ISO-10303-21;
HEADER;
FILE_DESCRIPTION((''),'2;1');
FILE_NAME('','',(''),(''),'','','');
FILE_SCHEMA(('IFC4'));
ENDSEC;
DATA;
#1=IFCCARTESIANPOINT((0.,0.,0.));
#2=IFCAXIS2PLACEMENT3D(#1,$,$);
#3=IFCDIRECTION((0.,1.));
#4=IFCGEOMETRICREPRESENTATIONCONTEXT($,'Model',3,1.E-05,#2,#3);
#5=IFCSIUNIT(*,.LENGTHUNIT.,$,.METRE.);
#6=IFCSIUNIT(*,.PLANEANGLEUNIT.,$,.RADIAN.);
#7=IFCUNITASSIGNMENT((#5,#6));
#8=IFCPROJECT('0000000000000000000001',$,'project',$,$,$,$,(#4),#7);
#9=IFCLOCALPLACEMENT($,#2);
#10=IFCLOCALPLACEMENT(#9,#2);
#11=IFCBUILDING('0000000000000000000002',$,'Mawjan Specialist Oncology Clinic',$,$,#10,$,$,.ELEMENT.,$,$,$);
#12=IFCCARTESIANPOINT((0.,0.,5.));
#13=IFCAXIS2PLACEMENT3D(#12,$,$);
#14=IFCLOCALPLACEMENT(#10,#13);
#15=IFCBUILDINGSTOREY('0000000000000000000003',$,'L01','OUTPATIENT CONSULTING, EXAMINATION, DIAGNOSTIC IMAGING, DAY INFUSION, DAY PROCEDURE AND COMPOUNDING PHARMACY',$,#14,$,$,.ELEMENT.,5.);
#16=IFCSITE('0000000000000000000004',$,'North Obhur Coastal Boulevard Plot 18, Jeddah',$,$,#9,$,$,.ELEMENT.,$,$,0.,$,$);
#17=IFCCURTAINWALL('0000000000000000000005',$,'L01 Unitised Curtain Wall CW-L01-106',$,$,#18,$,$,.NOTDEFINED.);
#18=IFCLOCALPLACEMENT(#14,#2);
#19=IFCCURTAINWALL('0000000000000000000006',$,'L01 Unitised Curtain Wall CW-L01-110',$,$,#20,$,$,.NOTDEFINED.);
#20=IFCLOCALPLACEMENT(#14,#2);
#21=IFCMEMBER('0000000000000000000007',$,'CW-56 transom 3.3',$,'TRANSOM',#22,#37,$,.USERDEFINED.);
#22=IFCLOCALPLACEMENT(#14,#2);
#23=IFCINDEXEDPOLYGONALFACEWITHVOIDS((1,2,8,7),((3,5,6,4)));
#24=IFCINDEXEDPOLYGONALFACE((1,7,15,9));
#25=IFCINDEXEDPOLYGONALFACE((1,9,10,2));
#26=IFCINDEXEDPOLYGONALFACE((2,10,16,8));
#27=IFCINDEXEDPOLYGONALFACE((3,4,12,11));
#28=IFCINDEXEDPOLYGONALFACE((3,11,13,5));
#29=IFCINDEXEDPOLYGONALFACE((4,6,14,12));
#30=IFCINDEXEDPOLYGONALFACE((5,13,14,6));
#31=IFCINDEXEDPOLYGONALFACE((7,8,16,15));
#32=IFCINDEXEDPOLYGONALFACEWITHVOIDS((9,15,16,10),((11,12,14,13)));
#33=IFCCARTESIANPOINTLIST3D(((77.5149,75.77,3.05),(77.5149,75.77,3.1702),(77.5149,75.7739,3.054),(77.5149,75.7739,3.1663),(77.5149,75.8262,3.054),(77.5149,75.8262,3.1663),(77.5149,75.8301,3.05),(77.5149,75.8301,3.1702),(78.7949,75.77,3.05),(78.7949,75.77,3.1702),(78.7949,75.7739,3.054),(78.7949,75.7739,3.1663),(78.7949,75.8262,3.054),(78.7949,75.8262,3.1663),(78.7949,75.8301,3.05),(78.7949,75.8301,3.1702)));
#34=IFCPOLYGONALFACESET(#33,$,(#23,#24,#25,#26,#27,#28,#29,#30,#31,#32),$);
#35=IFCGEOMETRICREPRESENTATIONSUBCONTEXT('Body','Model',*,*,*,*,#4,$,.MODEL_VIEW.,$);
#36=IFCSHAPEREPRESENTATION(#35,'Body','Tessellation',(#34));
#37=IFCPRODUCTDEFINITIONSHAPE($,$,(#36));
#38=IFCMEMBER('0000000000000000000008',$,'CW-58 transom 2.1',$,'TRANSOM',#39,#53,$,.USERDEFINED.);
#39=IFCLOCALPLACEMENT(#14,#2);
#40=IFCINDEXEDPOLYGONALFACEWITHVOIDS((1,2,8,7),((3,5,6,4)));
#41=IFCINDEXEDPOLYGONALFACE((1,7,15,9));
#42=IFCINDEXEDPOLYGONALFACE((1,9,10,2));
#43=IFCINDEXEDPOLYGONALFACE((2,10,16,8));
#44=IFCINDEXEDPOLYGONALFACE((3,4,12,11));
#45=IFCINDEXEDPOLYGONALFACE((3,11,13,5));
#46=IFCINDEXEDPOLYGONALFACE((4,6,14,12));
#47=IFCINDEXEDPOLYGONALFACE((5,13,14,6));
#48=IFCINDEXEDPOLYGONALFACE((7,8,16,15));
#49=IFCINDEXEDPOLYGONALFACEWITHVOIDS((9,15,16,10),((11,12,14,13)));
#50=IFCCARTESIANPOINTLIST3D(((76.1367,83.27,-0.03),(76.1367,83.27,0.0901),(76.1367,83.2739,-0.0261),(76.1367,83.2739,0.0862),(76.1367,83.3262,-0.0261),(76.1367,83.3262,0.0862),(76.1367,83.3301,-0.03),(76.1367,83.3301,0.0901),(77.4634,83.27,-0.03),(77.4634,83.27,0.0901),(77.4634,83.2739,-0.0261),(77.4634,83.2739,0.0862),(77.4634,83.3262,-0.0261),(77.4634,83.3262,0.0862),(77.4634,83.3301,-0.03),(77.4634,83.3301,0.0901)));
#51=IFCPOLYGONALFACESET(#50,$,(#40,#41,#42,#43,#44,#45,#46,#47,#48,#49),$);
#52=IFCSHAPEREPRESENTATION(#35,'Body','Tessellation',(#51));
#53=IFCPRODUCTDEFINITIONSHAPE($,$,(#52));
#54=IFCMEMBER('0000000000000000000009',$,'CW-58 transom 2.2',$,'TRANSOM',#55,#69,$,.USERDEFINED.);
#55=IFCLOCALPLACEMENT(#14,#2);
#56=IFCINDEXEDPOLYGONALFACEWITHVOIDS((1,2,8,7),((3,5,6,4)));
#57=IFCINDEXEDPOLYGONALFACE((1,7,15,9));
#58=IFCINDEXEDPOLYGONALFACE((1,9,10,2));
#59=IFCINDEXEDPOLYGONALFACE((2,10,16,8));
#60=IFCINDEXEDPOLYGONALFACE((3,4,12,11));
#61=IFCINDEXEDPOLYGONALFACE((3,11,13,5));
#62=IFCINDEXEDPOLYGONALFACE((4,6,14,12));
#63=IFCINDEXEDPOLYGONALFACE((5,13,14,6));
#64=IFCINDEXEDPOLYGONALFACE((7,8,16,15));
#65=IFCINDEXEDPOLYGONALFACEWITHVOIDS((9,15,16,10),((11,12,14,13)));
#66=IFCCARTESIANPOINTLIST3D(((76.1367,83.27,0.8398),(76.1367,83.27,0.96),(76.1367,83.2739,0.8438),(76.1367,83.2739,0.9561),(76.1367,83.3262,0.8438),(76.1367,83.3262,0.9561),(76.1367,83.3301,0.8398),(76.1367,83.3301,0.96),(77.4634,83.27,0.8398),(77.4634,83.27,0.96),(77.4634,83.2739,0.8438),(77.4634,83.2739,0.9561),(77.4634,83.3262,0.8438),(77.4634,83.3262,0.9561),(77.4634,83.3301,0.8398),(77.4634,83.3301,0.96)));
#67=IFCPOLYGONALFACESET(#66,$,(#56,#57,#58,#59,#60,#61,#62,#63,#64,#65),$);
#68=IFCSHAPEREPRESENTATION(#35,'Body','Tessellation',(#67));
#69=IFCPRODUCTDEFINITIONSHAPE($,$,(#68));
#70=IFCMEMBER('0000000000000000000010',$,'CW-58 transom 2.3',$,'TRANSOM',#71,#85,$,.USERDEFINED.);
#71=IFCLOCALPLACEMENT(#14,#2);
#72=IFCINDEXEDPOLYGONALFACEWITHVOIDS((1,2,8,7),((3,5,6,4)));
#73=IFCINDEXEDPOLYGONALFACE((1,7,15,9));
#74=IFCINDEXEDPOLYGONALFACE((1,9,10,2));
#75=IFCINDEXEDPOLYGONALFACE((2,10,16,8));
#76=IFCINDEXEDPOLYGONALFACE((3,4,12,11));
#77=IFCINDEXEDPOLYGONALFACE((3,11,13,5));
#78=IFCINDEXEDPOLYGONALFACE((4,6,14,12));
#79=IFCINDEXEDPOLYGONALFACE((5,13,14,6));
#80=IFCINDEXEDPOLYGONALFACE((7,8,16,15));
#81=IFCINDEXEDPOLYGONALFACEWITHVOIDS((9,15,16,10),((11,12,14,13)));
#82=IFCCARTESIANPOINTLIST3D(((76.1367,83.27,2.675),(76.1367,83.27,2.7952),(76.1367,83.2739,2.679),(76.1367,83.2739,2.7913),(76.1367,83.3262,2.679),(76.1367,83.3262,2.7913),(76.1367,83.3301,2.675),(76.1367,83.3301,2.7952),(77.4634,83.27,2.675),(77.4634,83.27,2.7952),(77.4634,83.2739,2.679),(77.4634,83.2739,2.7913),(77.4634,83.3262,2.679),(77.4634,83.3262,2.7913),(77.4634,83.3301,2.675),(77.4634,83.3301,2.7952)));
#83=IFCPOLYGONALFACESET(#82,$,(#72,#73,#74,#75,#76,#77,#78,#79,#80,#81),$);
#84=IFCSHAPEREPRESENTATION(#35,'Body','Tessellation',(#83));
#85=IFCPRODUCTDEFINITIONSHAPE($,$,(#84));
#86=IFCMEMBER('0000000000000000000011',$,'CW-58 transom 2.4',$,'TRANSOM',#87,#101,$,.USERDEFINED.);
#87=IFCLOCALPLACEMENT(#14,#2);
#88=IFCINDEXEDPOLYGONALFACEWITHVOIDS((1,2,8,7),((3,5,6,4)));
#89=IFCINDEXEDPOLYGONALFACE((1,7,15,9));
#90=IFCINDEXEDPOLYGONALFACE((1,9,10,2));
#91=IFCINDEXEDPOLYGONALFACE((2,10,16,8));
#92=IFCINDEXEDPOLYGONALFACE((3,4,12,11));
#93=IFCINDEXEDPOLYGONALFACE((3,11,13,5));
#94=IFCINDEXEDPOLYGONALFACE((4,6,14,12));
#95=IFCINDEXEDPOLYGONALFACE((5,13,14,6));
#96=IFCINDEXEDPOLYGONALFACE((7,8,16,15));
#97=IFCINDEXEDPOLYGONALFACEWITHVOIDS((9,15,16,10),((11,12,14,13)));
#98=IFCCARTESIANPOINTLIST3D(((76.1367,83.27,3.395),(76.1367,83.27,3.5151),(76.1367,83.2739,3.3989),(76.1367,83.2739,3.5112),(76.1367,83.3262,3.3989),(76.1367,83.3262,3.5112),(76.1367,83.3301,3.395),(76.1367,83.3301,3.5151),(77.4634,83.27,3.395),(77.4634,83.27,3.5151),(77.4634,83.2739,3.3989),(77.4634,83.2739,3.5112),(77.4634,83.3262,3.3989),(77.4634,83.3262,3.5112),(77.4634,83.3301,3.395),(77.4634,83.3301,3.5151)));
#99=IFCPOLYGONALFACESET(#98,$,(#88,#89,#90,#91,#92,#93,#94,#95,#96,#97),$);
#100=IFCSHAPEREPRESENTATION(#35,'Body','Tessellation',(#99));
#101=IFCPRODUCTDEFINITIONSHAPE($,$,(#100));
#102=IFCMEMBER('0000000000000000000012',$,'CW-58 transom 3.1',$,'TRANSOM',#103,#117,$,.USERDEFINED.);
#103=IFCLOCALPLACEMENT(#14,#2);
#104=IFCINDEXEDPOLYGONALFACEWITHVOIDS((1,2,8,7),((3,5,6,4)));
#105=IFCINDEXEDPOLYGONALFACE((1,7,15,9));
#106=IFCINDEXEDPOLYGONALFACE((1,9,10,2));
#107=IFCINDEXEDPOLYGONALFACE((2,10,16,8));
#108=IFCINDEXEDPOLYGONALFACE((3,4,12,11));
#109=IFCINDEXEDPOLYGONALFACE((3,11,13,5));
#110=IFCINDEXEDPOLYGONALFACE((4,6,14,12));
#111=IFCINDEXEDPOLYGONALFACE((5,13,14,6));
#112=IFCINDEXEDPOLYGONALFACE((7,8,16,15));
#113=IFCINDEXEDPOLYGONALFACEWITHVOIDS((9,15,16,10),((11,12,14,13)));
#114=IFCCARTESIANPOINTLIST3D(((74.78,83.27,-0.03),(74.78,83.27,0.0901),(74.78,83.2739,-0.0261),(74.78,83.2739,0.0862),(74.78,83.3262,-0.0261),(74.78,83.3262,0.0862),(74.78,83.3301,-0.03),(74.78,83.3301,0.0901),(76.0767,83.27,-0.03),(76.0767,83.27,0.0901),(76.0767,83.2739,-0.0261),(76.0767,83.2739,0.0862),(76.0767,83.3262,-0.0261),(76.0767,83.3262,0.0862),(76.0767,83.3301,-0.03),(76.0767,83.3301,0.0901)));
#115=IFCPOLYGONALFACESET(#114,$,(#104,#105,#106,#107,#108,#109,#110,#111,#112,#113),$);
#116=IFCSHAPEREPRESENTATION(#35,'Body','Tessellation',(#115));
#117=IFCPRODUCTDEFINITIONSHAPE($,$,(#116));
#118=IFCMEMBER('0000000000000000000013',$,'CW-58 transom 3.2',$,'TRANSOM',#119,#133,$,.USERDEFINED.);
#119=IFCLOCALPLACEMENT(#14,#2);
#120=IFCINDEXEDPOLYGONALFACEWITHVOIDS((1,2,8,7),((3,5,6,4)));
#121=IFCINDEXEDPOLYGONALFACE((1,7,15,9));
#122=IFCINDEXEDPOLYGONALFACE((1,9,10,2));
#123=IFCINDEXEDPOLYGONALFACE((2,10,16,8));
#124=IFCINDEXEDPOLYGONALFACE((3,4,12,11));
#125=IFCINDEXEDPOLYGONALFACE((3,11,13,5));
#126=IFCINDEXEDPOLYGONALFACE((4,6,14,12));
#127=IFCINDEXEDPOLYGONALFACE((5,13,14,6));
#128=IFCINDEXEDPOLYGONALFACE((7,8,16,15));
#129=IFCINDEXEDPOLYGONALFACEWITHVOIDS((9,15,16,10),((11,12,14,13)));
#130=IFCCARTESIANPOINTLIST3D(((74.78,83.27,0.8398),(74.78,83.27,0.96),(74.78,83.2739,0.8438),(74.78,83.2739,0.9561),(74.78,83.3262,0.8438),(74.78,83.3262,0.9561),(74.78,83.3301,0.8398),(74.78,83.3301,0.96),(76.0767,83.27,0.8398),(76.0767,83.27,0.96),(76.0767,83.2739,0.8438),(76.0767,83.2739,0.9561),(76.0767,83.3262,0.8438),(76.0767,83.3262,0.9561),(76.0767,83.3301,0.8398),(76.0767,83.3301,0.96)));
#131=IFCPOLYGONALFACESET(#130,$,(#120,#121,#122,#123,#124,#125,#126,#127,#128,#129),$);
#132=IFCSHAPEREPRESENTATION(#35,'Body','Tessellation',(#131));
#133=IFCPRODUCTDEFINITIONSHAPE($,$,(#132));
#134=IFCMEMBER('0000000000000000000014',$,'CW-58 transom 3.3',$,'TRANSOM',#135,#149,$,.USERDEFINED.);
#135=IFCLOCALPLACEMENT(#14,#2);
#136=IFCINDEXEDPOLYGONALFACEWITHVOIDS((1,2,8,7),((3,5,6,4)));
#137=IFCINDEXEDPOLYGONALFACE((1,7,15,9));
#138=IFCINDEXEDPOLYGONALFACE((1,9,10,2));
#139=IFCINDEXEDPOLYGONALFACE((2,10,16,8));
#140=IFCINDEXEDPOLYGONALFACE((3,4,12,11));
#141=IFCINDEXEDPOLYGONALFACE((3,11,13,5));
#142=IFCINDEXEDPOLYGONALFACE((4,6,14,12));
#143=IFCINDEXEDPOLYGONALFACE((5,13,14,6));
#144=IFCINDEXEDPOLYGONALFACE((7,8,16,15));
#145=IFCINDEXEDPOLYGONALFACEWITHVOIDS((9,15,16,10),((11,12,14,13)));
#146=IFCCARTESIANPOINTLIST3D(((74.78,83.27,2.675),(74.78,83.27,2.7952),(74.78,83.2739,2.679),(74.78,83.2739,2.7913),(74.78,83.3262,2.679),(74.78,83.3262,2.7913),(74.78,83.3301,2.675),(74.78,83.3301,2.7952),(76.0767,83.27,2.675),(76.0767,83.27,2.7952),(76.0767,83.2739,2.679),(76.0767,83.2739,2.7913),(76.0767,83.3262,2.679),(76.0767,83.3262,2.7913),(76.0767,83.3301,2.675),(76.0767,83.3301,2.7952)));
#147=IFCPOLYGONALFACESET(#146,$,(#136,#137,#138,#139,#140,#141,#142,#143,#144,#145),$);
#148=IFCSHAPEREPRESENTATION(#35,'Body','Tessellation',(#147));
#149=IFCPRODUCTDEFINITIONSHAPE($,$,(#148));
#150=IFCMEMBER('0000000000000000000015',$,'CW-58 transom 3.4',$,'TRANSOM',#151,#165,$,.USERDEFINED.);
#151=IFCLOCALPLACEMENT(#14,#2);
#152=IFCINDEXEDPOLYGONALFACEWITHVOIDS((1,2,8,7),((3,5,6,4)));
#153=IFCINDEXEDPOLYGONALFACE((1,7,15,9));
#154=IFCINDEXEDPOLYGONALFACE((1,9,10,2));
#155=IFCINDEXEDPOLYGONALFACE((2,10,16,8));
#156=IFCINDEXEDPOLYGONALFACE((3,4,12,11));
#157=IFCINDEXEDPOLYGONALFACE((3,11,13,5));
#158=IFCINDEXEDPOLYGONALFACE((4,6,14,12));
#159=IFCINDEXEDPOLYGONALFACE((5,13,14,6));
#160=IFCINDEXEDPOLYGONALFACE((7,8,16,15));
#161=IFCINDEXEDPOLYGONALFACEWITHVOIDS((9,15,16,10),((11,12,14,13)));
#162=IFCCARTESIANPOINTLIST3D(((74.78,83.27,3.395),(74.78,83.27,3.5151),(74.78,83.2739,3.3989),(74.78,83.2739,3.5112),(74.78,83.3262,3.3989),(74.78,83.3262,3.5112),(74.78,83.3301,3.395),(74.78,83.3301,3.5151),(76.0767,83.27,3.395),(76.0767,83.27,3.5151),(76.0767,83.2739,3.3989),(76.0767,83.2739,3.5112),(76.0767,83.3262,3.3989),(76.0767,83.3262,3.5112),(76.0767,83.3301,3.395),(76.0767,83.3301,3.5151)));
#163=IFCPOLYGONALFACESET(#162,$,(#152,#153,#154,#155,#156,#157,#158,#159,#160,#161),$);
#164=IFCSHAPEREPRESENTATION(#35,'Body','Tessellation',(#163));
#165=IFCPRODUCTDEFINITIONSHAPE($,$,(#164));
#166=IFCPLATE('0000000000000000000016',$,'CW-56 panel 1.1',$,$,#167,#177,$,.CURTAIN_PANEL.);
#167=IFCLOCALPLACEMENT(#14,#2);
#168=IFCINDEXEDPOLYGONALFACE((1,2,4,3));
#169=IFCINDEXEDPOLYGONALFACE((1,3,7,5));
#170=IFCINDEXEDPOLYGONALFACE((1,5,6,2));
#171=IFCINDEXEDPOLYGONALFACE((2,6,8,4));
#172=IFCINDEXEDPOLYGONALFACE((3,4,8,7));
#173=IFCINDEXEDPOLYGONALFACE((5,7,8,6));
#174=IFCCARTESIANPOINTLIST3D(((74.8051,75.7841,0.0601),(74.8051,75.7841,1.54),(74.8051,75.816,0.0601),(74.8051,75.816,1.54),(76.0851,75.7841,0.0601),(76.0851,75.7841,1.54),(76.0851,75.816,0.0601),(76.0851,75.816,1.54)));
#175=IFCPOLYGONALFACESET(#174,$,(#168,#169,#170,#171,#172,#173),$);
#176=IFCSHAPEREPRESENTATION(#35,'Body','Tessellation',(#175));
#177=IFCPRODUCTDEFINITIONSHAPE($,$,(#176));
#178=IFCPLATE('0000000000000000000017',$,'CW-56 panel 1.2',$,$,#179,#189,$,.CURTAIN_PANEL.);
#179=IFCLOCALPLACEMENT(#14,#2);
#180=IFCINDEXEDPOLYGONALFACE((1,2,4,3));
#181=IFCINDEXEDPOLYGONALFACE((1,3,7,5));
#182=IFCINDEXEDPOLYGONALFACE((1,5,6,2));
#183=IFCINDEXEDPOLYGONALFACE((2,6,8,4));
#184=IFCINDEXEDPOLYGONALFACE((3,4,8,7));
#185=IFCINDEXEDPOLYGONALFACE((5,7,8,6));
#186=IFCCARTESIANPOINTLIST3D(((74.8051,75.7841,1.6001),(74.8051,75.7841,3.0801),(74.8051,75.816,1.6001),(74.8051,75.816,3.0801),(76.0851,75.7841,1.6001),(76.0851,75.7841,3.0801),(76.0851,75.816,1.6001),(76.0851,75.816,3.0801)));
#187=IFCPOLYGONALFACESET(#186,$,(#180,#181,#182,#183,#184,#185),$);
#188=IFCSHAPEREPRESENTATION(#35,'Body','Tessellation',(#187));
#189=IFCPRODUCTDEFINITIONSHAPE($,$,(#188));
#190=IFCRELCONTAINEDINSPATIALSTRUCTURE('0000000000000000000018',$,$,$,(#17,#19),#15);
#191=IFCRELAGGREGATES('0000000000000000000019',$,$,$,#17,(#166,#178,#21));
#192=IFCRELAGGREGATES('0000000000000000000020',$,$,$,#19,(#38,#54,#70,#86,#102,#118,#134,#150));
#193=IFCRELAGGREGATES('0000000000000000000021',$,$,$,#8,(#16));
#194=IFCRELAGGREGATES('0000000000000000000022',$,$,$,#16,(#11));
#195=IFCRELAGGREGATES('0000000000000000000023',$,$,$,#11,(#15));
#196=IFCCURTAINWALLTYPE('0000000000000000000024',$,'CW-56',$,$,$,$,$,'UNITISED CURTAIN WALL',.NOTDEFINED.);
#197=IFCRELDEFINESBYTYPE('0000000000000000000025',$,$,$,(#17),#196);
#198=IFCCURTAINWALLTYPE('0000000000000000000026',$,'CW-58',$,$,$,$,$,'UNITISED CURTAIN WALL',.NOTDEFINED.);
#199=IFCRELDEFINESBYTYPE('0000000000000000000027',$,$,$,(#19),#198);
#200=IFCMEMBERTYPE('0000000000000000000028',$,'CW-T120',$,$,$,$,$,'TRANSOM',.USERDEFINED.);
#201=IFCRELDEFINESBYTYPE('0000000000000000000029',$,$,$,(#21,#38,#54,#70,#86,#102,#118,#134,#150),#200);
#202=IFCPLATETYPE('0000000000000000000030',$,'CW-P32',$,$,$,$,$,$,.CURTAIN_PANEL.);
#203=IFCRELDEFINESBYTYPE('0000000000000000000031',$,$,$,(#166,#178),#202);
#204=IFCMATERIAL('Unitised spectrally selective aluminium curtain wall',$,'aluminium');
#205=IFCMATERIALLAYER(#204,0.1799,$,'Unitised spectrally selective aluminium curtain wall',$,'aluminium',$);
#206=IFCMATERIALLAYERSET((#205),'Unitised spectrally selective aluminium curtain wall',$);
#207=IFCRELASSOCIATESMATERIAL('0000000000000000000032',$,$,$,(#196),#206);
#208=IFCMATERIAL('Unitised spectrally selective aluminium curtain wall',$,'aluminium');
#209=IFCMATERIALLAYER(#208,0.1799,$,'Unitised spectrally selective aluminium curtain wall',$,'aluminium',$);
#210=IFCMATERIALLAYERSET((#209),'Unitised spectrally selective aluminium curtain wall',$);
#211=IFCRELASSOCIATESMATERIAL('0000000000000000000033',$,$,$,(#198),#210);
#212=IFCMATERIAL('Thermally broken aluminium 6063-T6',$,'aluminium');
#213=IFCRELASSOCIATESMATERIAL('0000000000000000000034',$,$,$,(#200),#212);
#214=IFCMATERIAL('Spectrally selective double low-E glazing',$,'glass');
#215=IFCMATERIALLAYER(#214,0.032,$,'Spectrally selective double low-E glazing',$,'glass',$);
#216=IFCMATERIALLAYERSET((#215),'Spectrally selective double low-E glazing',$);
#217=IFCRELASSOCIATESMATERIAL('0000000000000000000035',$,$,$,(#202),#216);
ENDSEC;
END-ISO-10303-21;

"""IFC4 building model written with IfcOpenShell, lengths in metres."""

from ifc_helpers import new_model, si_unit, direction, frame, origin, origin_2d, place, context, subcontext, project, spatial, rectangle, hollow_rectangle, extrude, material, layer, layer_set, material_profile, profile_set, type_object, element, aggregate, save


model = new_model("IFC4")

# Units and contexts
model_context = context("Model", 3, precision=1e-05, world=origin(), true_north=direction((0.0, 1.0)))
body_context = subcontext(model_context, "Body", "Model", "MODEL_VIEW")
ifc_project = project(units=[si_unit("LENGTHUNIT", "METRE"), si_unit("PLANEANGLEUNIT", "RADIAN")], contexts=[model_context])

# Site, building, storey
site_placement = place(None, origin())
site = spatial("IfcSite", under=ifc_project, at=site_placement, Name="North Obhur Coastal Boulevard Plot 18, Jeddah", CompositionType="ELEMENT", RefElevation=0.0)
building_placement = place(site_placement, origin())
building = spatial("IfcBuilding", under=site, at=building_placement, Name="Mawjan Specialist Oncology Clinic", CompositionType="ELEMENT")
storey_placement = place(building_placement, frame((0.0, 0.0, 5.0)))
storey = spatial("IfcBuildingStorey", under=building, at=storey_placement, Name="L01", Description="OUTPATIENT CONSULTING, EXAMINATION, DIAGNOSTIC IMAGING, DAY INFUSION, DAY PROCEDURE AND COMPOUNDING PHARMACY", CompositionType="ELEMENT", Elevation=5.0)

# Curtain walls
ifc_material_1 = material(Name="Unitised spectrally selective aluminium curtain wall", Category="aluminium")
ifc_layer_1 = layer(ifc_material_1, 0.1799, Name="Unitised spectrally selective aluminium curtain wall", Category="aluminium")
ifc_layer_set_1 = layer_set([ifc_layer_1], Name="Unitised spectrally selective aluminium curtain wall")
curtain_wall_type_1 = type_object("IfcCurtainWallType", Name="CW-56", ElementType="UNITISED CURTAIN WALL", PredefinedType="NOTDEFINED", material=ifc_layer_set_1)
curtain_wall_1_placement = place(storey_placement, origin())
curtain_wall_1 = element("IfcCurtainWall", 1, at=curtain_wall_1_placement, inside=storey, type_object=curtain_wall_type_1, Name="L01 Unitised Curtain Wall CW-L01-106", PredefinedType="NOTDEFINED")
ifc_material_2 = material(Name="Unitised spectrally selective aluminium curtain wall", Category="aluminium")
ifc_layer_2 = layer(ifc_material_2, 0.1799, Name="Unitised spectrally selective aluminium curtain wall", Category="aluminium")
ifc_layer_set_2 = layer_set([ifc_layer_2], Name="Unitised spectrally selective aluminium curtain wall")
curtain_wall_type_2 = type_object("IfcCurtainWallType", Name="CW-58", ElementType="UNITISED CURTAIN WALL", PredefinedType="NOTDEFINED", material=ifc_layer_set_2)
curtain_wall_2_placement = place(storey_placement, origin())
curtain_wall_2 = element("IfcCurtainWall", 2, at=curtain_wall_2_placement, inside=storey, type_object=curtain_wall_type_2, Name="L01 Unitised Curtain Wall CW-L01-110", PredefinedType="NOTDEFINED")

# Members
ifc_material_3 = material(Name="Thermally broken aluminium 6063-T6", Category="aluminium")
ifc_material_profile_1 = material_profile(ifc_material_3, hollow_rectangle(XDim=0.0601, YDim=0.1201, WallThickness=0.0039, at=origin_2d()), Name="ALU TRANSOM 120x60x4", Category="aluminium")
ifc_profile_set_1 = profile_set([ifc_material_profile_1], Name="Thermally broken aluminium 6063-T6")
member_type_1 = type_object("IfcMemberType", Name="CW-T120", ElementType="TRANSOM", PredefinedType="USERDEFINED", material=ifc_profile_set_1)
member_1_placement = place(storey_placement, frame((77.5149, 75.8, 3.1101), z_axis=(1.0, 0.0, 0.0), x_axis=(0.0, 1.0, 0.0)))
member_1 = element("IfcMember", 3, at=member_1_placement, type_object=member_type_1, Name="CW-56 transom 3.3", ObjectType="TRANSOM", PredefinedType="USERDEFINED", context=body_context, shape_type="SweptSolid", body=[
    extrude(hollow_rectangle(XDim=0.0601, YDim=0.1201, WallThickness=0.0039, at=origin_2d()), origin(), (0.0, 0.0, 1.0), 1.28),
])
member_2_placement = place(storey_placement, frame((77.4634, 83.3, 0.03), z_axis=(-1.0, 0.0, 0.0), x_axis=(0.0, -1.0, 0.0)))
member_2 = element("IfcMember", 4, at=member_2_placement, type_object=member_type_1, Name="CW-58 transom 2.1", ObjectType="TRANSOM", PredefinedType="USERDEFINED", context=body_context, shape_type="SweptSolid", body=[
    extrude(hollow_rectangle(XDim=0.0601, YDim=0.1201, WallThickness=0.0039, at=origin_2d()), origin(), (0.0, 0.0, 1.0), 1.3267),
])
member_3_placement = place(storey_placement, frame((77.4634, 83.3, 0.8999), z_axis=(-1.0, 0.0, 0.0), x_axis=(0.0, -1.0, 0.0)))
member_3 = element("IfcMember", 5, at=member_3_placement, type_object=member_type_1, Name="CW-58 transom 2.2", ObjectType="TRANSOM", PredefinedType="USERDEFINED", context=body_context, shape_type="SweptSolid", body=[
    extrude(hollow_rectangle(XDim=0.0601, YDim=0.1201, WallThickness=0.0039, at=origin_2d()), origin(), (0.0, 0.0, 1.0), 1.3267),
])
member_4_placement = place(storey_placement, frame((77.4634, 83.3, 2.7351), z_axis=(-1.0, 0.0, 0.0), x_axis=(0.0, -1.0, 0.0)))
member_4 = element("IfcMember", 6, at=member_4_placement, type_object=member_type_1, Name="CW-58 transom 2.3", ObjectType="TRANSOM", PredefinedType="USERDEFINED", context=body_context, shape_type="SweptSolid", body=[
    extrude(hollow_rectangle(XDim=0.0601, YDim=0.1201, WallThickness=0.0039, at=origin_2d()), origin(), (0.0, 0.0, 1.0), 1.3267),
])
member_5_placement = place(storey_placement, frame((77.4634, 83.3, 3.4551), z_axis=(-1.0, 0.0, 0.0), x_axis=(0.0, -1.0, 0.0)))
member_5 = element("IfcMember", 7, at=member_5_placement, type_object=member_type_1, Name="CW-58 transom 2.4", ObjectType="TRANSOM", PredefinedType="USERDEFINED", context=body_context, shape_type="SweptSolid", body=[
    extrude(hollow_rectangle(XDim=0.0601, YDim=0.1201, WallThickness=0.0039, at=origin_2d()), origin(), (0.0, 0.0, 1.0), 1.3267),
])
member_6_placement = place(storey_placement, frame((76.0767, 83.3, 0.03), z_axis=(-1.0, 0.0, 0.0), x_axis=(0.0, -1.0, 0.0)))
member_6 = element("IfcMember", 8, at=member_6_placement, type_object=member_type_1, Name="CW-58 transom 3.1", ObjectType="TRANSOM", PredefinedType="USERDEFINED", context=body_context, shape_type="SweptSolid", body=[
    extrude(hollow_rectangle(XDim=0.0601, YDim=0.1201, WallThickness=0.0039, at=origin_2d()), origin(), (0.0, 0.0, 1.0), 1.2966),
])
member_7_placement = place(storey_placement, frame((76.0767, 83.3, 0.8999), z_axis=(-1.0, 0.0, 0.0), x_axis=(0.0, -1.0, 0.0)))
member_7 = element("IfcMember", 9, at=member_7_placement, type_object=member_type_1, Name="CW-58 transom 3.2", ObjectType="TRANSOM", PredefinedType="USERDEFINED", context=body_context, shape_type="SweptSolid", body=[
    extrude(hollow_rectangle(XDim=0.0601, YDim=0.1201, WallThickness=0.0039, at=origin_2d()), origin(), (0.0, 0.0, 1.0), 1.2966),
])
member_8_placement = place(storey_placement, frame((76.0767, 83.3, 2.7351), z_axis=(-1.0, 0.0, 0.0), x_axis=(0.0, -1.0, 0.0)))
member_8 = element("IfcMember", 10, at=member_8_placement, type_object=member_type_1, Name="CW-58 transom 3.3", ObjectType="TRANSOM", PredefinedType="USERDEFINED", context=body_context, shape_type="SweptSolid", body=[
    extrude(hollow_rectangle(XDim=0.0601, YDim=0.1201, WallThickness=0.0039, at=origin_2d()), origin(), (0.0, 0.0, 1.0), 1.2966),
])
member_9_placement = place(storey_placement, frame((76.0767, 83.3, 3.4551), z_axis=(-1.0, 0.0, 0.0), x_axis=(0.0, -1.0, 0.0)))
member_9 = element("IfcMember", 11, at=member_9_placement, type_object=member_type_1, Name="CW-58 transom 3.4", ObjectType="TRANSOM", PredefinedType="USERDEFINED", context=body_context, shape_type="SweptSolid", body=[
    extrude(hollow_rectangle(XDim=0.0601, YDim=0.1201, WallThickness=0.0039, at=origin_2d()), origin(), (0.0, 0.0, 1.0), 1.2966),
])

# Plates
ifc_material_4 = material(Name="Spectrally selective double low-E glazing", Category="glass")
ifc_layer_3 = layer(ifc_material_4, 0.032, Name="Spectrally selective double low-E glazing", Category="glass")
ifc_layer_set_3 = layer_set([ifc_layer_3], Name="Spectrally selective double low-E glazing")
plate_type = type_object("IfcPlateType", Name="CW-P32", PredefinedType="CURTAIN_PANEL", material=ifc_layer_set_3)
plate_1_placement = place(storey_placement, frame((75.4451, 75.8, 0.0601), z_axis=(0.0, 0.0, 1.0), x_axis=(1.0, 0.0, 0.0)))
plate_1 = element("IfcPlate", 12, at=plate_1_placement, type_object=plate_type, Name="CW-56 panel 1.1", PredefinedType="CURTAIN_PANEL", context=body_context, shape_type="SweptSolid", body=[
    extrude(rectangle(XDim=1.28, YDim=0.032, at=origin_2d()), origin(), (0.0, 0.0, 1.0), 1.48),
])
plate_2_placement = place(storey_placement, frame((75.4451, 75.8, 1.6001), z_axis=(0.0, 0.0, 1.0), x_axis=(1.0, 0.0, 0.0)))
plate_2 = element("IfcPlate", 13, at=plate_2_placement, type_object=plate_type, Name="CW-56 panel 1.2", PredefinedType="CURTAIN_PANEL", context=body_context, shape_type="SweptSolid", body=[
    extrude(rectangle(XDim=1.28, YDim=0.032, at=origin_2d()), origin(), (0.0, 0.0, 1.0), 1.48),
])
aggregate(curtain_wall_1, [plate_1, plate_2, member_1])
aggregate(curtain_wall_2, [member_2, member_3, member_4, member_5, member_6, member_7, member_8, member_9])

save(model, "model.ifc")
